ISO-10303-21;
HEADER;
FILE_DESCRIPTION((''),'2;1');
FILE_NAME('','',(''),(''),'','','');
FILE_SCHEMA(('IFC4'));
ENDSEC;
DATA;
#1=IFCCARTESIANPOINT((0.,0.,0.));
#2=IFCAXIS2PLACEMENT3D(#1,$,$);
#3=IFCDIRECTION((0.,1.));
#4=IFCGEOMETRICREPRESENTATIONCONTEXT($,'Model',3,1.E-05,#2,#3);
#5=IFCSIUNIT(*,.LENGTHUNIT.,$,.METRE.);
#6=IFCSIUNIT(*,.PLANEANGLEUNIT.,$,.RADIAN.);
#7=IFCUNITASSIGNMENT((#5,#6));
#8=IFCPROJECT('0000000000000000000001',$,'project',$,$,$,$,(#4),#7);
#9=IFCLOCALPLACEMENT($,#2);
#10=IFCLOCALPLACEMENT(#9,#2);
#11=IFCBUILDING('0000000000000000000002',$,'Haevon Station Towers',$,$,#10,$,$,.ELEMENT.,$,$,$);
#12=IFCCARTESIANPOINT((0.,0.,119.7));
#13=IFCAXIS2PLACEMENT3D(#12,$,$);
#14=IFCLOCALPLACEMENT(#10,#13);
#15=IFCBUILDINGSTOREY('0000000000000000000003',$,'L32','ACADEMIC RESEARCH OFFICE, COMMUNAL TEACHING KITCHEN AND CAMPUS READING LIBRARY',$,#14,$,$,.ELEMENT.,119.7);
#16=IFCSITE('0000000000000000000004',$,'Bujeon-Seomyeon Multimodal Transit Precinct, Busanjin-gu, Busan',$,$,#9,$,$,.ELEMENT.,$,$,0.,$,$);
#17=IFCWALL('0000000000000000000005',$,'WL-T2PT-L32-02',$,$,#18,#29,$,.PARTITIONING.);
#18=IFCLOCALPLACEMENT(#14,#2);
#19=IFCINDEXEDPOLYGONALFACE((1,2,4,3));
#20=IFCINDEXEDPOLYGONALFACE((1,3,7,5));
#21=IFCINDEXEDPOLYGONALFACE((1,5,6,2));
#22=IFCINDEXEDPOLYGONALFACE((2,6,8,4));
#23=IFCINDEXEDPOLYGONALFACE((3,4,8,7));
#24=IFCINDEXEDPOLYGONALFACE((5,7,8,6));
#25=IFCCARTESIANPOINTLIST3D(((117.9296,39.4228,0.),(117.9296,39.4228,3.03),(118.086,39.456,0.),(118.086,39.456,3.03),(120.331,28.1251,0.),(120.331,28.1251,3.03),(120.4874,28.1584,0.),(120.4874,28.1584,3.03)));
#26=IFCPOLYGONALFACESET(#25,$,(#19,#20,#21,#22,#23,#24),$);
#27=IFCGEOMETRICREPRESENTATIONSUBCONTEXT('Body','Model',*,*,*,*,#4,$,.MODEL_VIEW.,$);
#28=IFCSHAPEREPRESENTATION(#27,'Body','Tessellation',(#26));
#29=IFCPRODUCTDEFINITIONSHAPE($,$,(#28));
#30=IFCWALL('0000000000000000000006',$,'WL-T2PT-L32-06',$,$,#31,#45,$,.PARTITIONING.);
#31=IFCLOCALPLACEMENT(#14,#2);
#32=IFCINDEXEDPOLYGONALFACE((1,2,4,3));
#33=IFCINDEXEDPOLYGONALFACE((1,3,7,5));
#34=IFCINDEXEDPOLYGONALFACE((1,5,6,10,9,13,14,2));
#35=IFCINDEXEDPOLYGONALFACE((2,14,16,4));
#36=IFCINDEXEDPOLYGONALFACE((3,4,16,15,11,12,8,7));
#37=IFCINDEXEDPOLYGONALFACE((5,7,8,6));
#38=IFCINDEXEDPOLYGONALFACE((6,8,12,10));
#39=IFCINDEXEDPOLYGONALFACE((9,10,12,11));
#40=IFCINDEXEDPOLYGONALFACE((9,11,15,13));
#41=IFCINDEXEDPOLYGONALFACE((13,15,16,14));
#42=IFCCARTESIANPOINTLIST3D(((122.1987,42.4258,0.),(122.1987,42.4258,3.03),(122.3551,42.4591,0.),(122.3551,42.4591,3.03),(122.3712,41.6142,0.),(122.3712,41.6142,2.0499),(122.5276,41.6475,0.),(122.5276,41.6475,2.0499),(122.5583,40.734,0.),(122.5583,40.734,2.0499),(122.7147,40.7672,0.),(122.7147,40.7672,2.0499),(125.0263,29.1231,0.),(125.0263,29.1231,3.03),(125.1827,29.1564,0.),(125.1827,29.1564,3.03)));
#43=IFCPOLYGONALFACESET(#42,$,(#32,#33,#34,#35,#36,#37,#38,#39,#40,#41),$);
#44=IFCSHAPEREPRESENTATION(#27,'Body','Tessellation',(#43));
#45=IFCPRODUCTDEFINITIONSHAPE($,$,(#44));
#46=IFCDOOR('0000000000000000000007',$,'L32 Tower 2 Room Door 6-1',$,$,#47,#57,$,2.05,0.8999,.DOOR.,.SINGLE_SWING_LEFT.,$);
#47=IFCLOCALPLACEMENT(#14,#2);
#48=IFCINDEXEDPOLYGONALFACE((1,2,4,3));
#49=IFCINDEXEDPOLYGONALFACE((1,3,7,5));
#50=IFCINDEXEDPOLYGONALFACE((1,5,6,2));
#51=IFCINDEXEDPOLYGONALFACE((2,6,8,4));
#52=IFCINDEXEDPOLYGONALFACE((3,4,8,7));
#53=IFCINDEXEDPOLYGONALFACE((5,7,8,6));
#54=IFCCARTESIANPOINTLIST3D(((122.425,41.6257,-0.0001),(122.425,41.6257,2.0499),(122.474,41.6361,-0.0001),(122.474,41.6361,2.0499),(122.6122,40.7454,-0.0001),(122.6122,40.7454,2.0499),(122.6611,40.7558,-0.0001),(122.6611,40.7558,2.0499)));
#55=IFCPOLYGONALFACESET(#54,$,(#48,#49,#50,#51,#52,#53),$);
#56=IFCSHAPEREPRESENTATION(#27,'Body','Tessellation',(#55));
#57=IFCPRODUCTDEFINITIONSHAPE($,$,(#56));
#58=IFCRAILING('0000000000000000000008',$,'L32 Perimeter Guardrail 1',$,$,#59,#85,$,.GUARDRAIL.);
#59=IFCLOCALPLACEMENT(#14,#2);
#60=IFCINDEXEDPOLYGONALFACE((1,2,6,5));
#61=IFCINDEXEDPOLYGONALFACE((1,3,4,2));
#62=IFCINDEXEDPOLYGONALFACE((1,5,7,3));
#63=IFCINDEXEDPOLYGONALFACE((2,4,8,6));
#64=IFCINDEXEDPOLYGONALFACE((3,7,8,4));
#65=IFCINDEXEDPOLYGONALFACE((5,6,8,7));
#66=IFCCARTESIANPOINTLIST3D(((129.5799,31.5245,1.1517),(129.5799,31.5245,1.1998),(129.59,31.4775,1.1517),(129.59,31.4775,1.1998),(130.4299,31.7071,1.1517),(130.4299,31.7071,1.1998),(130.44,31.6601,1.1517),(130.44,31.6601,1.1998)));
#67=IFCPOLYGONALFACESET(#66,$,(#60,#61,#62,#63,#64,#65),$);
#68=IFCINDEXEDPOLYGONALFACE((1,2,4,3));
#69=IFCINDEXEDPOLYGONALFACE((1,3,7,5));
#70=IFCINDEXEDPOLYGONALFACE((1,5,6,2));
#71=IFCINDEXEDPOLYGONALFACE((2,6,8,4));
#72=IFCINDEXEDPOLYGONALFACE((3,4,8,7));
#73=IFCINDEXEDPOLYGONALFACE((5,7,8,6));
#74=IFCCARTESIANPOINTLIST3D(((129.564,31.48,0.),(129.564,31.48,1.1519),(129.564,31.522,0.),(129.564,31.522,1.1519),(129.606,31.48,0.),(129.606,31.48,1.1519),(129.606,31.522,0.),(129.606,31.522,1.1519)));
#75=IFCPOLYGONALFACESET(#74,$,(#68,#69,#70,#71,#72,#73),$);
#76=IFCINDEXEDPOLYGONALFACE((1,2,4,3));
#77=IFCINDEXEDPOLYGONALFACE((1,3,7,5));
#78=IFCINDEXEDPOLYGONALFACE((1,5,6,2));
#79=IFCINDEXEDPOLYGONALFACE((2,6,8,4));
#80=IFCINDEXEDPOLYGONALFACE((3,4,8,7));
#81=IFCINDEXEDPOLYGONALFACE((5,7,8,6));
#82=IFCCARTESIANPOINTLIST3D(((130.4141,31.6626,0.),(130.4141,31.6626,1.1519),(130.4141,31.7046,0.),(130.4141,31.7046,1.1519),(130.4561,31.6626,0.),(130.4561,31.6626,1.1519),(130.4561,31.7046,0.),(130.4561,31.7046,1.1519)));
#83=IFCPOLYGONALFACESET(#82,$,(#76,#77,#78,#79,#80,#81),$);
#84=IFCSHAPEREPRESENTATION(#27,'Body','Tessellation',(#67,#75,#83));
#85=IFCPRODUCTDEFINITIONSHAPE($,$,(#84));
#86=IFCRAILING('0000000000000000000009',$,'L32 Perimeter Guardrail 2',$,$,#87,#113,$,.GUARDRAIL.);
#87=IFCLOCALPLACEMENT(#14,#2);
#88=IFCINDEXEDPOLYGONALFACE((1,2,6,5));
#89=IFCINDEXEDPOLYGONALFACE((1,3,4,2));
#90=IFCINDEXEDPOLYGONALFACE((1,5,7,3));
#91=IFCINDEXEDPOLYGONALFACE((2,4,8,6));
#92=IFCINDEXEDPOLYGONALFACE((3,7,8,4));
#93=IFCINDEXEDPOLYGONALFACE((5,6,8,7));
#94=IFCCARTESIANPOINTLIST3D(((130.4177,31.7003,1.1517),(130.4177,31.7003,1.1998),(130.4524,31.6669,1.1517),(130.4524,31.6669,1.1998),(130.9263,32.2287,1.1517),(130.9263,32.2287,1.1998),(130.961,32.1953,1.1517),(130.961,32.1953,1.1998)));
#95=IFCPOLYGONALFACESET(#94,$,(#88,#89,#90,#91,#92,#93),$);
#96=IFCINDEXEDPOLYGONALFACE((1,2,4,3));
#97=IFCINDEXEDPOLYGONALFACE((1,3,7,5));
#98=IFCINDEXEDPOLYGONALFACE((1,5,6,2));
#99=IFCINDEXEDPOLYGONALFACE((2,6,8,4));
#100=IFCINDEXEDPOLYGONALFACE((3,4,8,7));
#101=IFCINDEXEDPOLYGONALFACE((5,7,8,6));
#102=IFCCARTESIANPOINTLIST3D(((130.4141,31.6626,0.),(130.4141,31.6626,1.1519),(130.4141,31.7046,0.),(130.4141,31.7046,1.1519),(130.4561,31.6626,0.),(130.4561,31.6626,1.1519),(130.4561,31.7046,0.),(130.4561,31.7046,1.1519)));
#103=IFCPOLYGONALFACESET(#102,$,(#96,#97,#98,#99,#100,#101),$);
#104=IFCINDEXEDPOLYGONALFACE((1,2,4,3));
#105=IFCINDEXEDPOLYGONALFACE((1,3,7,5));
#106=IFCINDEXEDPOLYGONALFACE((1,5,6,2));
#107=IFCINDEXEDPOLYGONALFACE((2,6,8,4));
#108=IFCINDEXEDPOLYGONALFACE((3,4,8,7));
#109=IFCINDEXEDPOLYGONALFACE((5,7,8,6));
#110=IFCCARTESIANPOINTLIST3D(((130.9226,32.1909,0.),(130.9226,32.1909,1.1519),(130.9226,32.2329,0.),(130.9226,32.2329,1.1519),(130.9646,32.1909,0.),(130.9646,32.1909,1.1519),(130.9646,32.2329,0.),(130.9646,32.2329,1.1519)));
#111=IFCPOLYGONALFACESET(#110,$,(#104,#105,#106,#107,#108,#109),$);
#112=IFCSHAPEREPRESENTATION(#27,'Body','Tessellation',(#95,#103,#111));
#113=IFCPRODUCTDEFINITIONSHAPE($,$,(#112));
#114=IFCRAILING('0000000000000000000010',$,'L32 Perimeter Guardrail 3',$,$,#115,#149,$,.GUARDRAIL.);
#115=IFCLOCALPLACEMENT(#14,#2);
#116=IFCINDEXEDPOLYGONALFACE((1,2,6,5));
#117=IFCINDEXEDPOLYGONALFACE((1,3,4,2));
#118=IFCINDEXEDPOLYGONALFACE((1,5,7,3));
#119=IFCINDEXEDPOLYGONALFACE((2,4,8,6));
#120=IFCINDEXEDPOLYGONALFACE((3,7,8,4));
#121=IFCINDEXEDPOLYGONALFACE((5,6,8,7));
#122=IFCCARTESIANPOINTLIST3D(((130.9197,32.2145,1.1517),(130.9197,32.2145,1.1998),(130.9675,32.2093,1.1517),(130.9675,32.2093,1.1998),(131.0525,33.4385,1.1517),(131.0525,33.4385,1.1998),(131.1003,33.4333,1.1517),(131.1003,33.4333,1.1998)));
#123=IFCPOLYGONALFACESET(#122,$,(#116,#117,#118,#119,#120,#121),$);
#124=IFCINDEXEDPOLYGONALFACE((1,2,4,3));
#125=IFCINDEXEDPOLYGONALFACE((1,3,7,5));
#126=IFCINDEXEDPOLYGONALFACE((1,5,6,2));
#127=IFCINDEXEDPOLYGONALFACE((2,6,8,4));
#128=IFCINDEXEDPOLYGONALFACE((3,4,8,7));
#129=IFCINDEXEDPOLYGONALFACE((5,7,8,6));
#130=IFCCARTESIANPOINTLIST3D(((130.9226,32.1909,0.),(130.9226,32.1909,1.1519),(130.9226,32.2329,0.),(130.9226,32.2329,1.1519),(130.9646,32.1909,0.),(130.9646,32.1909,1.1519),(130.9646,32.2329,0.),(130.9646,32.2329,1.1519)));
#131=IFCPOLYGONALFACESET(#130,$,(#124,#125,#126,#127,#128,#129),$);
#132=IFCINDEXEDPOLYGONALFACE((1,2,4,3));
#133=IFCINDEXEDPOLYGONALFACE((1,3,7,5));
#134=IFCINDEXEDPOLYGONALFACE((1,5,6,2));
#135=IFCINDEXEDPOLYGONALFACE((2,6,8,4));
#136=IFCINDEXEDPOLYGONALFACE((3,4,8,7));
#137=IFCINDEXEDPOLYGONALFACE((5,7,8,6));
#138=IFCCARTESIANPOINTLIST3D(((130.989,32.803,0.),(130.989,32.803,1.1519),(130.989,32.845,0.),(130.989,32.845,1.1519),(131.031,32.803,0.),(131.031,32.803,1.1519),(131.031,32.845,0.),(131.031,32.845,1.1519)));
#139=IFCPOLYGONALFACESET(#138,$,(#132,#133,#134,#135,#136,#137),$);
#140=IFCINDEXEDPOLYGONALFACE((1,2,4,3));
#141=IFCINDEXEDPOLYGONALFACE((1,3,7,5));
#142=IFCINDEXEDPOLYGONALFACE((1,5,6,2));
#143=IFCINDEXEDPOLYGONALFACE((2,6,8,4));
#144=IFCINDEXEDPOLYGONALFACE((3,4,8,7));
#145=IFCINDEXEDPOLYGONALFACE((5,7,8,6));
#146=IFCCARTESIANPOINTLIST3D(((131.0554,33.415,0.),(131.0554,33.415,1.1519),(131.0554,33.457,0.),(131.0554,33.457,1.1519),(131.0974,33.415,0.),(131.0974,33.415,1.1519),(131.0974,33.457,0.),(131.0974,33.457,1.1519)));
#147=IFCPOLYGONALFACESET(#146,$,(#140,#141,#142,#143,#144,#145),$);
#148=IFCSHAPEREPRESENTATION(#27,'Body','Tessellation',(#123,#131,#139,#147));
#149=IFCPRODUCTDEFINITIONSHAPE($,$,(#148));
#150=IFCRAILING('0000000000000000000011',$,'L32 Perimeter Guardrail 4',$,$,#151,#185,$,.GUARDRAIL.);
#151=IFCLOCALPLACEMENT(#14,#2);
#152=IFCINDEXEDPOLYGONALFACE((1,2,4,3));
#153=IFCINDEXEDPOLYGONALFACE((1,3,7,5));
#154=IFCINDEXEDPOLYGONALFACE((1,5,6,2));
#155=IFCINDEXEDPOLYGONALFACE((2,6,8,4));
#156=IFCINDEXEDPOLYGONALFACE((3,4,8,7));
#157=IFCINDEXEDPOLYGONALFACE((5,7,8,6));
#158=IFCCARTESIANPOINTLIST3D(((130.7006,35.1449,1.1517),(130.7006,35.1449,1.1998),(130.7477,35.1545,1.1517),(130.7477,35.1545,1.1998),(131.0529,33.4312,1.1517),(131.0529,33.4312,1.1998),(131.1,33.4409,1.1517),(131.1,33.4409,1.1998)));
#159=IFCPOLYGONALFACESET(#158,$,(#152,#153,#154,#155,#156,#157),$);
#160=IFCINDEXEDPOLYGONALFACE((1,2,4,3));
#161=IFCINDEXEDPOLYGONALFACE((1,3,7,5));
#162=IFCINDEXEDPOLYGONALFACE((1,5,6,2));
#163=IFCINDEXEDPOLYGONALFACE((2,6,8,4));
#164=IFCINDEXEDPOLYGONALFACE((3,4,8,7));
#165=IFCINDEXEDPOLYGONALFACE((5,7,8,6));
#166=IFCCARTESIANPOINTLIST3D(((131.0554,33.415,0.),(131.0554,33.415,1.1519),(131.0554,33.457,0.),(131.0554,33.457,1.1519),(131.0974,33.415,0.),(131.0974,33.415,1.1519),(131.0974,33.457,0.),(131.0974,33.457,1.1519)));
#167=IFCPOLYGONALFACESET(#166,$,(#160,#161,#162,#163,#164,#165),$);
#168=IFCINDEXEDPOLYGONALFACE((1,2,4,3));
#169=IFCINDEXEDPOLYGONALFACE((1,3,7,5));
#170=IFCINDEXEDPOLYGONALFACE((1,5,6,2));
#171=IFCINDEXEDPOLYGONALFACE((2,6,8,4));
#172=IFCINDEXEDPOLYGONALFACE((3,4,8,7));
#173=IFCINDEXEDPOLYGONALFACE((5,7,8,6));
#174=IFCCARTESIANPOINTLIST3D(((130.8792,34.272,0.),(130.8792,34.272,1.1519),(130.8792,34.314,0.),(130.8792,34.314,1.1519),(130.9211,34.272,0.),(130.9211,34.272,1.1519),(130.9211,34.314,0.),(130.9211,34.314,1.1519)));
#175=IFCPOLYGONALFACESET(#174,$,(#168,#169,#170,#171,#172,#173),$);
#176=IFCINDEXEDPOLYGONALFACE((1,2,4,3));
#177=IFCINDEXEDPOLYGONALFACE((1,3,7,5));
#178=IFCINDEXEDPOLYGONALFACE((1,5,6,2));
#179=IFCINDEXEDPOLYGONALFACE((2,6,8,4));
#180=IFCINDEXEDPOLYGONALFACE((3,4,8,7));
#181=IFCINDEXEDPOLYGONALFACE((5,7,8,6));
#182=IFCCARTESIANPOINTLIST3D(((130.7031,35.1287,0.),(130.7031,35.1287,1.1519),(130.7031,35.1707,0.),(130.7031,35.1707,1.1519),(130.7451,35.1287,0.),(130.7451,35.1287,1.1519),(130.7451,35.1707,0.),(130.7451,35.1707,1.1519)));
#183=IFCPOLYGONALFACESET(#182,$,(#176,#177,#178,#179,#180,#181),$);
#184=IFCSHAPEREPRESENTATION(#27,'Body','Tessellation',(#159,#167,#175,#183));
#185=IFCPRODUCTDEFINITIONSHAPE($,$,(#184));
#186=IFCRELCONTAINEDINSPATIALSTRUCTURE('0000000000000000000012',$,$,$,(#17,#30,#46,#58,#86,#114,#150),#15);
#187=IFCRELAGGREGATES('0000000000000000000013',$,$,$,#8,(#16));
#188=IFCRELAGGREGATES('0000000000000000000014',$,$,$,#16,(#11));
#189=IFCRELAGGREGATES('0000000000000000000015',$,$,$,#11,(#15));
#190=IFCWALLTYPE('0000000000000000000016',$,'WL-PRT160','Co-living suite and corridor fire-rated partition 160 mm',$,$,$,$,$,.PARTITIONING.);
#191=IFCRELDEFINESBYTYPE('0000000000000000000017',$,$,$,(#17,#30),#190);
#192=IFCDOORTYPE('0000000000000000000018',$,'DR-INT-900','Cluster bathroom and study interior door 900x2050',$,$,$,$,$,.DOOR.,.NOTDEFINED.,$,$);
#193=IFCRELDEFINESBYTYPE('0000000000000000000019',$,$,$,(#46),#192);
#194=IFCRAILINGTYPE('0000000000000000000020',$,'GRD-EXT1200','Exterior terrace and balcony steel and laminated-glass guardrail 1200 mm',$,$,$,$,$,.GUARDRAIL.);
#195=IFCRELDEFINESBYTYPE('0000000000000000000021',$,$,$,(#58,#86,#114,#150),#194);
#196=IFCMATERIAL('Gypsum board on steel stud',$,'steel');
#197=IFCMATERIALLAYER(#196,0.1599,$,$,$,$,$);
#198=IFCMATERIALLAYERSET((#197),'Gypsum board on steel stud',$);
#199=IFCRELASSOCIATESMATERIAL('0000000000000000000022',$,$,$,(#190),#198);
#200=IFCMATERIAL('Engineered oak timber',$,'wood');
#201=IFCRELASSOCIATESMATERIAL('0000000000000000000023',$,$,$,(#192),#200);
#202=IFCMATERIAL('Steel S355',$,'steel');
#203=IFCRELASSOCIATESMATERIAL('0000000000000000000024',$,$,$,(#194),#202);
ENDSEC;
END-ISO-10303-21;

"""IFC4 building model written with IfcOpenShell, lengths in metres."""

from ifc_helpers import new_model, si_unit, direction, frame, frame_2d, origin, origin_2d, place, context, subcontext, project, spatial, rectangle, extrude, material, layer, layer_set, type_object, element, fill, save


model = new_model("IFC4")

# Units and contexts
model_context = context("Model", 3, precision=1e-05, world=origin(), true_north=direction((0.0, 1.0)))
body_context = subcontext(model_context, "Body", "Model", "MODEL_VIEW")
ifc_project = project(units=[si_unit("LENGTHUNIT", "METRE"), si_unit("PLANEANGLEUNIT", "RADIAN")], contexts=[model_context])

# Site, building, storey
site_placement = place(None, origin())
site = spatial("IfcSite", under=ifc_project, at=site_placement, Name="Bujeon-Seomyeon Multimodal Transit Precinct, Busanjin-gu, Busan", CompositionType="ELEMENT", RefElevation=0.0)
building_placement = place(site_placement, origin())
building = spatial("IfcBuilding", under=site, at=building_placement, Name="Haevon Station Towers", CompositionType="ELEMENT")
storey_placement = place(building_placement, frame((0.0, 0.0, 119.7)))
storey = spatial("IfcBuildingStorey", under=building, at=storey_placement, Name="L32", Description="ACADEMIC RESEARCH OFFICE, COMMUNAL TEACHING KITCHEN AND CAMPUS READING LIBRARY", CompositionType="ELEMENT", Elevation=119.7)

# Shared definitions
ifc_material_1 = material(Name="Steel S355", Category="steel")

# Wall
ifc_material_2 = material(Name="Gypsum board on steel stud", Category="steel")
ifc_layer_1 = layer(ifc_material_2, 0.1599)
ifc_layer_set_1 = layer_set([ifc_layer_1], Name="Gypsum board on steel stud")
wall_type_1 = type_object("IfcWallType", Name="WL-PRT160", Description="Co-living suite and corridor fire-rated partition 160 mm", PredefinedType="PARTITIONING", material=ifc_layer_set_1)
wall_1_placement = place(storey_placement, frame((120.4092, 28.1418, 0.0), z_axis=(0.0, 0.0, 1.0), x_axis=(-0.207911, 0.978148, 0.0)))
element("IfcWall", 1, at=wall_1_placement, inside=storey, type_object=wall_type_1, Name="WL-T2PT-L32-02", PredefinedType="PARTITIONING", context=body_context, shape_type="SweptSolid", body=[
    extrude(rectangle(XDim=11.55, YDim=0.1599, at=frame_2d((5.7749, 0.0))), origin(), (0.0, 0.0, 1.0), 3.03),
])

# Wall, opening, door
wall_2_placement = place(storey_placement, frame((125.1045, 29.1399, 0.0), z_axis=(0.0, 0.0, 1.0), x_axis=(-0.207915, 0.978147, 0.0)))
wall_2 = element("IfcWall", 2, at=wall_2_placement, inside=storey, type_object=wall_type_1, Name="WL-T2PT-L32-06", PredefinedType="PARTITIONING", context=body_context, shape_type="SweptSolid", body=[
    extrude(rectangle(XDim=13.5999, YDim=0.1599, at=frame_2d((6.7998, 0.0))), origin(), (0.0, 0.0, 1.0), 3.03),
])
opening_1_placement = place(wall_2_placement, frame((11.8701, 0.0, 0.0)))
opening_1 = element("IfcOpeningElement", 3, at=opening_1_placement, cuts=wall_2, PredefinedType="OPENING", context=body_context, shape_type="SweptSolid", body=[
    extrude(rectangle(XDim=0.8999, YDim=2.05, at=frame_2d((0.45, 1.0249))), frame((0.0, 0.0898, 0.0), z_axis=(0.0, -1.0, 0.0), x_axis=(1.0, 0.0, 0.0)), (0.0, 0.0, 1.0), 0.1799),
])
ifc_material_3 = material(Name="Engineered oak timber", Category="wood")
door_type = type_object("IfcDoorType", Name="DR-INT-900", Description="Cluster bathroom and study interior door 900x2050", OperationType="NOTDEFINED", PredefinedType="DOOR", material=ifc_material_3)
door_placement = place(opening_1_placement, origin())
door = element("IfcDoor", 4, at=door_placement, inside=storey, type_object=door_type, Name="L32 Tower 2 Room Door 6-1", OperationType="SINGLE_SWING_LEFT", OverallHeight=2.05, OverallWidth=0.8999, PredefinedType="DOOR", context=body_context, shape_type="SweptSolid", body=[
    extrude(rectangle(XDim=0.8999, YDim=2.05, at=frame_2d((0.45, 1.0249))), frame((0.0, 0.0249, 0.0), z_axis=(0.0, -1.0, 0.0), x_axis=(1.0, 0.0, 0.0)), (0.0, 0.0, 1.0), 0.05),
])
fill(opening_1, door)

# Railings
railing_type = type_object("IfcRailingType", Name="GRD-EXT1200", Description="Exterior terrace and balcony steel and laminated-glass guardrail 1200 mm", PredefinedType="GUARDRAIL", material=ifc_material_1)
railing_1_placement = place(storey_placement, frame((129.585, 31.501, 0.0)))
element("IfcRailing", 5, at=railing_1_placement, inside=storey, type_object=railing_type, Name="L32 Perimeter Guardrail 1", PredefinedType="GUARDRAIL", context=body_context, shape_type="SweptSolid", body=[
    extrude(rectangle(XDim=0.0481, YDim=0.0481, at=origin_2d()), frame((0.0, 0.0, 1.1758), z_axis=(0.977695, 0.210028, 0.0), x_axis=(-0.210028, 0.977695, 0.0)), (0.0, 0.0, 1.0), 0.8694),
    extrude(rectangle(XDim=0.042, YDim=0.042, at=origin_2d()), origin(), (0.0, 0.0, 1.0), 1.1519),
    extrude(rectangle(XDim=0.042, YDim=0.042, at=origin_2d()), frame((0.8501, 0.1826, 0.0)), (0.0, 0.0, 1.0), 1.1519),
])
railing_2_placement = place(storey_placement, frame((130.4351, 31.6836, 0.0)))
element("IfcRailing", 6, at=railing_2_placement, inside=storey, type_object=railing_type, Name="L32 Perimeter Guardrail 2", PredefinedType="GUARDRAIL", context=body_context, shape_type="SweptSolid", body=[
    extrude(rectangle(XDim=0.0481, YDim=0.0481, at=origin_2d()), frame((0.0, 0.0, 1.1758), z_axis=(0.693495, 0.720462, 0.0), x_axis=(-0.720462, 0.693495, 0.0)), (0.0, 0.0, 1.0), 0.7334),
    extrude(rectangle(XDim=0.042, YDim=0.042, at=origin_2d()), origin(), (0.0, 0.0, 1.0), 1.1519),
    extrude(rectangle(XDim=0.042, YDim=0.042, at=origin_2d()), frame((0.5085, 0.5283, 0.0)), (0.0, 0.0, 1.0), 1.1519),
])
railing_3_placement = place(storey_placement, frame((130.9436, 32.2119, 0.0)))
element("IfcRailing", 7, at=railing_3_placement, inside=storey, type_object=railing_type, Name="L32 Perimeter Guardrail 3", PredefinedType="GUARDRAIL", context=body_context, shape_type="SweptSolid", body=[
    extrude(rectangle(XDim=0.0481, YDim=0.0481, at=origin_2d()), frame((0.0, 0.0, 1.1758), z_axis=(0.107863, 0.994166, 0.0), x_axis=(-0.994166, 0.107863, 0.0)), (0.0, 0.0, 1.0), 1.2312),
    extrude(rectangle(XDim=0.042, YDim=0.042, at=origin_2d()), origin(), (0.0, 0.0, 1.0), 1.1519),
    extrude(rectangle(XDim=0.042, YDim=0.042, at=origin_2d()), frame((0.0664, 0.6121, 0.0)), (0.0, 0.0, 1.0), 1.1519),
    extrude(rectangle(XDim=0.042, YDim=0.042, at=origin_2d()), frame((0.1328, 1.2241, 0.0)), (0.0, 0.0, 1.0), 1.1519),
])
railing_4_placement = place(storey_placement, frame((131.0764, 33.436, 0.0)))
element("IfcRailing", 8, at=railing_4_placement, inside=storey, type_object=railing_type, Name="L32 Perimeter Guardrail 4", PredefinedType="GUARDRAIL", context=body_context, shape_type="SweptSolid", body=[
    extrude(rectangle(XDim=0.0481, YDim=0.0481, at=origin_2d()), frame((0.0, 0.0, 1.1758), z_axis=(-0.201373, 0.979515, 0.0), x_axis=(-0.979515, -0.201373, 0.0)), (0.0, 0.0, 1.0), 1.7495),
    extrude(rectangle(XDim=0.042, YDim=0.042, at=origin_2d()), origin(), (0.0, 0.0, 1.0), 1.1519),
    extrude(rectangle(XDim=0.042, YDim=0.042, at=origin_2d()), frame((-0.1763, 0.8569, 0.0)), (0.0, 0.0, 1.0), 1.1519),
    extrude(rectangle(XDim=0.042, YDim=0.042, at=origin_2d()), frame((-0.3523, 1.7136, 0.0)), (0.0, 0.0, 1.0), 1.1519),
])

save(model, "model.ifc")
